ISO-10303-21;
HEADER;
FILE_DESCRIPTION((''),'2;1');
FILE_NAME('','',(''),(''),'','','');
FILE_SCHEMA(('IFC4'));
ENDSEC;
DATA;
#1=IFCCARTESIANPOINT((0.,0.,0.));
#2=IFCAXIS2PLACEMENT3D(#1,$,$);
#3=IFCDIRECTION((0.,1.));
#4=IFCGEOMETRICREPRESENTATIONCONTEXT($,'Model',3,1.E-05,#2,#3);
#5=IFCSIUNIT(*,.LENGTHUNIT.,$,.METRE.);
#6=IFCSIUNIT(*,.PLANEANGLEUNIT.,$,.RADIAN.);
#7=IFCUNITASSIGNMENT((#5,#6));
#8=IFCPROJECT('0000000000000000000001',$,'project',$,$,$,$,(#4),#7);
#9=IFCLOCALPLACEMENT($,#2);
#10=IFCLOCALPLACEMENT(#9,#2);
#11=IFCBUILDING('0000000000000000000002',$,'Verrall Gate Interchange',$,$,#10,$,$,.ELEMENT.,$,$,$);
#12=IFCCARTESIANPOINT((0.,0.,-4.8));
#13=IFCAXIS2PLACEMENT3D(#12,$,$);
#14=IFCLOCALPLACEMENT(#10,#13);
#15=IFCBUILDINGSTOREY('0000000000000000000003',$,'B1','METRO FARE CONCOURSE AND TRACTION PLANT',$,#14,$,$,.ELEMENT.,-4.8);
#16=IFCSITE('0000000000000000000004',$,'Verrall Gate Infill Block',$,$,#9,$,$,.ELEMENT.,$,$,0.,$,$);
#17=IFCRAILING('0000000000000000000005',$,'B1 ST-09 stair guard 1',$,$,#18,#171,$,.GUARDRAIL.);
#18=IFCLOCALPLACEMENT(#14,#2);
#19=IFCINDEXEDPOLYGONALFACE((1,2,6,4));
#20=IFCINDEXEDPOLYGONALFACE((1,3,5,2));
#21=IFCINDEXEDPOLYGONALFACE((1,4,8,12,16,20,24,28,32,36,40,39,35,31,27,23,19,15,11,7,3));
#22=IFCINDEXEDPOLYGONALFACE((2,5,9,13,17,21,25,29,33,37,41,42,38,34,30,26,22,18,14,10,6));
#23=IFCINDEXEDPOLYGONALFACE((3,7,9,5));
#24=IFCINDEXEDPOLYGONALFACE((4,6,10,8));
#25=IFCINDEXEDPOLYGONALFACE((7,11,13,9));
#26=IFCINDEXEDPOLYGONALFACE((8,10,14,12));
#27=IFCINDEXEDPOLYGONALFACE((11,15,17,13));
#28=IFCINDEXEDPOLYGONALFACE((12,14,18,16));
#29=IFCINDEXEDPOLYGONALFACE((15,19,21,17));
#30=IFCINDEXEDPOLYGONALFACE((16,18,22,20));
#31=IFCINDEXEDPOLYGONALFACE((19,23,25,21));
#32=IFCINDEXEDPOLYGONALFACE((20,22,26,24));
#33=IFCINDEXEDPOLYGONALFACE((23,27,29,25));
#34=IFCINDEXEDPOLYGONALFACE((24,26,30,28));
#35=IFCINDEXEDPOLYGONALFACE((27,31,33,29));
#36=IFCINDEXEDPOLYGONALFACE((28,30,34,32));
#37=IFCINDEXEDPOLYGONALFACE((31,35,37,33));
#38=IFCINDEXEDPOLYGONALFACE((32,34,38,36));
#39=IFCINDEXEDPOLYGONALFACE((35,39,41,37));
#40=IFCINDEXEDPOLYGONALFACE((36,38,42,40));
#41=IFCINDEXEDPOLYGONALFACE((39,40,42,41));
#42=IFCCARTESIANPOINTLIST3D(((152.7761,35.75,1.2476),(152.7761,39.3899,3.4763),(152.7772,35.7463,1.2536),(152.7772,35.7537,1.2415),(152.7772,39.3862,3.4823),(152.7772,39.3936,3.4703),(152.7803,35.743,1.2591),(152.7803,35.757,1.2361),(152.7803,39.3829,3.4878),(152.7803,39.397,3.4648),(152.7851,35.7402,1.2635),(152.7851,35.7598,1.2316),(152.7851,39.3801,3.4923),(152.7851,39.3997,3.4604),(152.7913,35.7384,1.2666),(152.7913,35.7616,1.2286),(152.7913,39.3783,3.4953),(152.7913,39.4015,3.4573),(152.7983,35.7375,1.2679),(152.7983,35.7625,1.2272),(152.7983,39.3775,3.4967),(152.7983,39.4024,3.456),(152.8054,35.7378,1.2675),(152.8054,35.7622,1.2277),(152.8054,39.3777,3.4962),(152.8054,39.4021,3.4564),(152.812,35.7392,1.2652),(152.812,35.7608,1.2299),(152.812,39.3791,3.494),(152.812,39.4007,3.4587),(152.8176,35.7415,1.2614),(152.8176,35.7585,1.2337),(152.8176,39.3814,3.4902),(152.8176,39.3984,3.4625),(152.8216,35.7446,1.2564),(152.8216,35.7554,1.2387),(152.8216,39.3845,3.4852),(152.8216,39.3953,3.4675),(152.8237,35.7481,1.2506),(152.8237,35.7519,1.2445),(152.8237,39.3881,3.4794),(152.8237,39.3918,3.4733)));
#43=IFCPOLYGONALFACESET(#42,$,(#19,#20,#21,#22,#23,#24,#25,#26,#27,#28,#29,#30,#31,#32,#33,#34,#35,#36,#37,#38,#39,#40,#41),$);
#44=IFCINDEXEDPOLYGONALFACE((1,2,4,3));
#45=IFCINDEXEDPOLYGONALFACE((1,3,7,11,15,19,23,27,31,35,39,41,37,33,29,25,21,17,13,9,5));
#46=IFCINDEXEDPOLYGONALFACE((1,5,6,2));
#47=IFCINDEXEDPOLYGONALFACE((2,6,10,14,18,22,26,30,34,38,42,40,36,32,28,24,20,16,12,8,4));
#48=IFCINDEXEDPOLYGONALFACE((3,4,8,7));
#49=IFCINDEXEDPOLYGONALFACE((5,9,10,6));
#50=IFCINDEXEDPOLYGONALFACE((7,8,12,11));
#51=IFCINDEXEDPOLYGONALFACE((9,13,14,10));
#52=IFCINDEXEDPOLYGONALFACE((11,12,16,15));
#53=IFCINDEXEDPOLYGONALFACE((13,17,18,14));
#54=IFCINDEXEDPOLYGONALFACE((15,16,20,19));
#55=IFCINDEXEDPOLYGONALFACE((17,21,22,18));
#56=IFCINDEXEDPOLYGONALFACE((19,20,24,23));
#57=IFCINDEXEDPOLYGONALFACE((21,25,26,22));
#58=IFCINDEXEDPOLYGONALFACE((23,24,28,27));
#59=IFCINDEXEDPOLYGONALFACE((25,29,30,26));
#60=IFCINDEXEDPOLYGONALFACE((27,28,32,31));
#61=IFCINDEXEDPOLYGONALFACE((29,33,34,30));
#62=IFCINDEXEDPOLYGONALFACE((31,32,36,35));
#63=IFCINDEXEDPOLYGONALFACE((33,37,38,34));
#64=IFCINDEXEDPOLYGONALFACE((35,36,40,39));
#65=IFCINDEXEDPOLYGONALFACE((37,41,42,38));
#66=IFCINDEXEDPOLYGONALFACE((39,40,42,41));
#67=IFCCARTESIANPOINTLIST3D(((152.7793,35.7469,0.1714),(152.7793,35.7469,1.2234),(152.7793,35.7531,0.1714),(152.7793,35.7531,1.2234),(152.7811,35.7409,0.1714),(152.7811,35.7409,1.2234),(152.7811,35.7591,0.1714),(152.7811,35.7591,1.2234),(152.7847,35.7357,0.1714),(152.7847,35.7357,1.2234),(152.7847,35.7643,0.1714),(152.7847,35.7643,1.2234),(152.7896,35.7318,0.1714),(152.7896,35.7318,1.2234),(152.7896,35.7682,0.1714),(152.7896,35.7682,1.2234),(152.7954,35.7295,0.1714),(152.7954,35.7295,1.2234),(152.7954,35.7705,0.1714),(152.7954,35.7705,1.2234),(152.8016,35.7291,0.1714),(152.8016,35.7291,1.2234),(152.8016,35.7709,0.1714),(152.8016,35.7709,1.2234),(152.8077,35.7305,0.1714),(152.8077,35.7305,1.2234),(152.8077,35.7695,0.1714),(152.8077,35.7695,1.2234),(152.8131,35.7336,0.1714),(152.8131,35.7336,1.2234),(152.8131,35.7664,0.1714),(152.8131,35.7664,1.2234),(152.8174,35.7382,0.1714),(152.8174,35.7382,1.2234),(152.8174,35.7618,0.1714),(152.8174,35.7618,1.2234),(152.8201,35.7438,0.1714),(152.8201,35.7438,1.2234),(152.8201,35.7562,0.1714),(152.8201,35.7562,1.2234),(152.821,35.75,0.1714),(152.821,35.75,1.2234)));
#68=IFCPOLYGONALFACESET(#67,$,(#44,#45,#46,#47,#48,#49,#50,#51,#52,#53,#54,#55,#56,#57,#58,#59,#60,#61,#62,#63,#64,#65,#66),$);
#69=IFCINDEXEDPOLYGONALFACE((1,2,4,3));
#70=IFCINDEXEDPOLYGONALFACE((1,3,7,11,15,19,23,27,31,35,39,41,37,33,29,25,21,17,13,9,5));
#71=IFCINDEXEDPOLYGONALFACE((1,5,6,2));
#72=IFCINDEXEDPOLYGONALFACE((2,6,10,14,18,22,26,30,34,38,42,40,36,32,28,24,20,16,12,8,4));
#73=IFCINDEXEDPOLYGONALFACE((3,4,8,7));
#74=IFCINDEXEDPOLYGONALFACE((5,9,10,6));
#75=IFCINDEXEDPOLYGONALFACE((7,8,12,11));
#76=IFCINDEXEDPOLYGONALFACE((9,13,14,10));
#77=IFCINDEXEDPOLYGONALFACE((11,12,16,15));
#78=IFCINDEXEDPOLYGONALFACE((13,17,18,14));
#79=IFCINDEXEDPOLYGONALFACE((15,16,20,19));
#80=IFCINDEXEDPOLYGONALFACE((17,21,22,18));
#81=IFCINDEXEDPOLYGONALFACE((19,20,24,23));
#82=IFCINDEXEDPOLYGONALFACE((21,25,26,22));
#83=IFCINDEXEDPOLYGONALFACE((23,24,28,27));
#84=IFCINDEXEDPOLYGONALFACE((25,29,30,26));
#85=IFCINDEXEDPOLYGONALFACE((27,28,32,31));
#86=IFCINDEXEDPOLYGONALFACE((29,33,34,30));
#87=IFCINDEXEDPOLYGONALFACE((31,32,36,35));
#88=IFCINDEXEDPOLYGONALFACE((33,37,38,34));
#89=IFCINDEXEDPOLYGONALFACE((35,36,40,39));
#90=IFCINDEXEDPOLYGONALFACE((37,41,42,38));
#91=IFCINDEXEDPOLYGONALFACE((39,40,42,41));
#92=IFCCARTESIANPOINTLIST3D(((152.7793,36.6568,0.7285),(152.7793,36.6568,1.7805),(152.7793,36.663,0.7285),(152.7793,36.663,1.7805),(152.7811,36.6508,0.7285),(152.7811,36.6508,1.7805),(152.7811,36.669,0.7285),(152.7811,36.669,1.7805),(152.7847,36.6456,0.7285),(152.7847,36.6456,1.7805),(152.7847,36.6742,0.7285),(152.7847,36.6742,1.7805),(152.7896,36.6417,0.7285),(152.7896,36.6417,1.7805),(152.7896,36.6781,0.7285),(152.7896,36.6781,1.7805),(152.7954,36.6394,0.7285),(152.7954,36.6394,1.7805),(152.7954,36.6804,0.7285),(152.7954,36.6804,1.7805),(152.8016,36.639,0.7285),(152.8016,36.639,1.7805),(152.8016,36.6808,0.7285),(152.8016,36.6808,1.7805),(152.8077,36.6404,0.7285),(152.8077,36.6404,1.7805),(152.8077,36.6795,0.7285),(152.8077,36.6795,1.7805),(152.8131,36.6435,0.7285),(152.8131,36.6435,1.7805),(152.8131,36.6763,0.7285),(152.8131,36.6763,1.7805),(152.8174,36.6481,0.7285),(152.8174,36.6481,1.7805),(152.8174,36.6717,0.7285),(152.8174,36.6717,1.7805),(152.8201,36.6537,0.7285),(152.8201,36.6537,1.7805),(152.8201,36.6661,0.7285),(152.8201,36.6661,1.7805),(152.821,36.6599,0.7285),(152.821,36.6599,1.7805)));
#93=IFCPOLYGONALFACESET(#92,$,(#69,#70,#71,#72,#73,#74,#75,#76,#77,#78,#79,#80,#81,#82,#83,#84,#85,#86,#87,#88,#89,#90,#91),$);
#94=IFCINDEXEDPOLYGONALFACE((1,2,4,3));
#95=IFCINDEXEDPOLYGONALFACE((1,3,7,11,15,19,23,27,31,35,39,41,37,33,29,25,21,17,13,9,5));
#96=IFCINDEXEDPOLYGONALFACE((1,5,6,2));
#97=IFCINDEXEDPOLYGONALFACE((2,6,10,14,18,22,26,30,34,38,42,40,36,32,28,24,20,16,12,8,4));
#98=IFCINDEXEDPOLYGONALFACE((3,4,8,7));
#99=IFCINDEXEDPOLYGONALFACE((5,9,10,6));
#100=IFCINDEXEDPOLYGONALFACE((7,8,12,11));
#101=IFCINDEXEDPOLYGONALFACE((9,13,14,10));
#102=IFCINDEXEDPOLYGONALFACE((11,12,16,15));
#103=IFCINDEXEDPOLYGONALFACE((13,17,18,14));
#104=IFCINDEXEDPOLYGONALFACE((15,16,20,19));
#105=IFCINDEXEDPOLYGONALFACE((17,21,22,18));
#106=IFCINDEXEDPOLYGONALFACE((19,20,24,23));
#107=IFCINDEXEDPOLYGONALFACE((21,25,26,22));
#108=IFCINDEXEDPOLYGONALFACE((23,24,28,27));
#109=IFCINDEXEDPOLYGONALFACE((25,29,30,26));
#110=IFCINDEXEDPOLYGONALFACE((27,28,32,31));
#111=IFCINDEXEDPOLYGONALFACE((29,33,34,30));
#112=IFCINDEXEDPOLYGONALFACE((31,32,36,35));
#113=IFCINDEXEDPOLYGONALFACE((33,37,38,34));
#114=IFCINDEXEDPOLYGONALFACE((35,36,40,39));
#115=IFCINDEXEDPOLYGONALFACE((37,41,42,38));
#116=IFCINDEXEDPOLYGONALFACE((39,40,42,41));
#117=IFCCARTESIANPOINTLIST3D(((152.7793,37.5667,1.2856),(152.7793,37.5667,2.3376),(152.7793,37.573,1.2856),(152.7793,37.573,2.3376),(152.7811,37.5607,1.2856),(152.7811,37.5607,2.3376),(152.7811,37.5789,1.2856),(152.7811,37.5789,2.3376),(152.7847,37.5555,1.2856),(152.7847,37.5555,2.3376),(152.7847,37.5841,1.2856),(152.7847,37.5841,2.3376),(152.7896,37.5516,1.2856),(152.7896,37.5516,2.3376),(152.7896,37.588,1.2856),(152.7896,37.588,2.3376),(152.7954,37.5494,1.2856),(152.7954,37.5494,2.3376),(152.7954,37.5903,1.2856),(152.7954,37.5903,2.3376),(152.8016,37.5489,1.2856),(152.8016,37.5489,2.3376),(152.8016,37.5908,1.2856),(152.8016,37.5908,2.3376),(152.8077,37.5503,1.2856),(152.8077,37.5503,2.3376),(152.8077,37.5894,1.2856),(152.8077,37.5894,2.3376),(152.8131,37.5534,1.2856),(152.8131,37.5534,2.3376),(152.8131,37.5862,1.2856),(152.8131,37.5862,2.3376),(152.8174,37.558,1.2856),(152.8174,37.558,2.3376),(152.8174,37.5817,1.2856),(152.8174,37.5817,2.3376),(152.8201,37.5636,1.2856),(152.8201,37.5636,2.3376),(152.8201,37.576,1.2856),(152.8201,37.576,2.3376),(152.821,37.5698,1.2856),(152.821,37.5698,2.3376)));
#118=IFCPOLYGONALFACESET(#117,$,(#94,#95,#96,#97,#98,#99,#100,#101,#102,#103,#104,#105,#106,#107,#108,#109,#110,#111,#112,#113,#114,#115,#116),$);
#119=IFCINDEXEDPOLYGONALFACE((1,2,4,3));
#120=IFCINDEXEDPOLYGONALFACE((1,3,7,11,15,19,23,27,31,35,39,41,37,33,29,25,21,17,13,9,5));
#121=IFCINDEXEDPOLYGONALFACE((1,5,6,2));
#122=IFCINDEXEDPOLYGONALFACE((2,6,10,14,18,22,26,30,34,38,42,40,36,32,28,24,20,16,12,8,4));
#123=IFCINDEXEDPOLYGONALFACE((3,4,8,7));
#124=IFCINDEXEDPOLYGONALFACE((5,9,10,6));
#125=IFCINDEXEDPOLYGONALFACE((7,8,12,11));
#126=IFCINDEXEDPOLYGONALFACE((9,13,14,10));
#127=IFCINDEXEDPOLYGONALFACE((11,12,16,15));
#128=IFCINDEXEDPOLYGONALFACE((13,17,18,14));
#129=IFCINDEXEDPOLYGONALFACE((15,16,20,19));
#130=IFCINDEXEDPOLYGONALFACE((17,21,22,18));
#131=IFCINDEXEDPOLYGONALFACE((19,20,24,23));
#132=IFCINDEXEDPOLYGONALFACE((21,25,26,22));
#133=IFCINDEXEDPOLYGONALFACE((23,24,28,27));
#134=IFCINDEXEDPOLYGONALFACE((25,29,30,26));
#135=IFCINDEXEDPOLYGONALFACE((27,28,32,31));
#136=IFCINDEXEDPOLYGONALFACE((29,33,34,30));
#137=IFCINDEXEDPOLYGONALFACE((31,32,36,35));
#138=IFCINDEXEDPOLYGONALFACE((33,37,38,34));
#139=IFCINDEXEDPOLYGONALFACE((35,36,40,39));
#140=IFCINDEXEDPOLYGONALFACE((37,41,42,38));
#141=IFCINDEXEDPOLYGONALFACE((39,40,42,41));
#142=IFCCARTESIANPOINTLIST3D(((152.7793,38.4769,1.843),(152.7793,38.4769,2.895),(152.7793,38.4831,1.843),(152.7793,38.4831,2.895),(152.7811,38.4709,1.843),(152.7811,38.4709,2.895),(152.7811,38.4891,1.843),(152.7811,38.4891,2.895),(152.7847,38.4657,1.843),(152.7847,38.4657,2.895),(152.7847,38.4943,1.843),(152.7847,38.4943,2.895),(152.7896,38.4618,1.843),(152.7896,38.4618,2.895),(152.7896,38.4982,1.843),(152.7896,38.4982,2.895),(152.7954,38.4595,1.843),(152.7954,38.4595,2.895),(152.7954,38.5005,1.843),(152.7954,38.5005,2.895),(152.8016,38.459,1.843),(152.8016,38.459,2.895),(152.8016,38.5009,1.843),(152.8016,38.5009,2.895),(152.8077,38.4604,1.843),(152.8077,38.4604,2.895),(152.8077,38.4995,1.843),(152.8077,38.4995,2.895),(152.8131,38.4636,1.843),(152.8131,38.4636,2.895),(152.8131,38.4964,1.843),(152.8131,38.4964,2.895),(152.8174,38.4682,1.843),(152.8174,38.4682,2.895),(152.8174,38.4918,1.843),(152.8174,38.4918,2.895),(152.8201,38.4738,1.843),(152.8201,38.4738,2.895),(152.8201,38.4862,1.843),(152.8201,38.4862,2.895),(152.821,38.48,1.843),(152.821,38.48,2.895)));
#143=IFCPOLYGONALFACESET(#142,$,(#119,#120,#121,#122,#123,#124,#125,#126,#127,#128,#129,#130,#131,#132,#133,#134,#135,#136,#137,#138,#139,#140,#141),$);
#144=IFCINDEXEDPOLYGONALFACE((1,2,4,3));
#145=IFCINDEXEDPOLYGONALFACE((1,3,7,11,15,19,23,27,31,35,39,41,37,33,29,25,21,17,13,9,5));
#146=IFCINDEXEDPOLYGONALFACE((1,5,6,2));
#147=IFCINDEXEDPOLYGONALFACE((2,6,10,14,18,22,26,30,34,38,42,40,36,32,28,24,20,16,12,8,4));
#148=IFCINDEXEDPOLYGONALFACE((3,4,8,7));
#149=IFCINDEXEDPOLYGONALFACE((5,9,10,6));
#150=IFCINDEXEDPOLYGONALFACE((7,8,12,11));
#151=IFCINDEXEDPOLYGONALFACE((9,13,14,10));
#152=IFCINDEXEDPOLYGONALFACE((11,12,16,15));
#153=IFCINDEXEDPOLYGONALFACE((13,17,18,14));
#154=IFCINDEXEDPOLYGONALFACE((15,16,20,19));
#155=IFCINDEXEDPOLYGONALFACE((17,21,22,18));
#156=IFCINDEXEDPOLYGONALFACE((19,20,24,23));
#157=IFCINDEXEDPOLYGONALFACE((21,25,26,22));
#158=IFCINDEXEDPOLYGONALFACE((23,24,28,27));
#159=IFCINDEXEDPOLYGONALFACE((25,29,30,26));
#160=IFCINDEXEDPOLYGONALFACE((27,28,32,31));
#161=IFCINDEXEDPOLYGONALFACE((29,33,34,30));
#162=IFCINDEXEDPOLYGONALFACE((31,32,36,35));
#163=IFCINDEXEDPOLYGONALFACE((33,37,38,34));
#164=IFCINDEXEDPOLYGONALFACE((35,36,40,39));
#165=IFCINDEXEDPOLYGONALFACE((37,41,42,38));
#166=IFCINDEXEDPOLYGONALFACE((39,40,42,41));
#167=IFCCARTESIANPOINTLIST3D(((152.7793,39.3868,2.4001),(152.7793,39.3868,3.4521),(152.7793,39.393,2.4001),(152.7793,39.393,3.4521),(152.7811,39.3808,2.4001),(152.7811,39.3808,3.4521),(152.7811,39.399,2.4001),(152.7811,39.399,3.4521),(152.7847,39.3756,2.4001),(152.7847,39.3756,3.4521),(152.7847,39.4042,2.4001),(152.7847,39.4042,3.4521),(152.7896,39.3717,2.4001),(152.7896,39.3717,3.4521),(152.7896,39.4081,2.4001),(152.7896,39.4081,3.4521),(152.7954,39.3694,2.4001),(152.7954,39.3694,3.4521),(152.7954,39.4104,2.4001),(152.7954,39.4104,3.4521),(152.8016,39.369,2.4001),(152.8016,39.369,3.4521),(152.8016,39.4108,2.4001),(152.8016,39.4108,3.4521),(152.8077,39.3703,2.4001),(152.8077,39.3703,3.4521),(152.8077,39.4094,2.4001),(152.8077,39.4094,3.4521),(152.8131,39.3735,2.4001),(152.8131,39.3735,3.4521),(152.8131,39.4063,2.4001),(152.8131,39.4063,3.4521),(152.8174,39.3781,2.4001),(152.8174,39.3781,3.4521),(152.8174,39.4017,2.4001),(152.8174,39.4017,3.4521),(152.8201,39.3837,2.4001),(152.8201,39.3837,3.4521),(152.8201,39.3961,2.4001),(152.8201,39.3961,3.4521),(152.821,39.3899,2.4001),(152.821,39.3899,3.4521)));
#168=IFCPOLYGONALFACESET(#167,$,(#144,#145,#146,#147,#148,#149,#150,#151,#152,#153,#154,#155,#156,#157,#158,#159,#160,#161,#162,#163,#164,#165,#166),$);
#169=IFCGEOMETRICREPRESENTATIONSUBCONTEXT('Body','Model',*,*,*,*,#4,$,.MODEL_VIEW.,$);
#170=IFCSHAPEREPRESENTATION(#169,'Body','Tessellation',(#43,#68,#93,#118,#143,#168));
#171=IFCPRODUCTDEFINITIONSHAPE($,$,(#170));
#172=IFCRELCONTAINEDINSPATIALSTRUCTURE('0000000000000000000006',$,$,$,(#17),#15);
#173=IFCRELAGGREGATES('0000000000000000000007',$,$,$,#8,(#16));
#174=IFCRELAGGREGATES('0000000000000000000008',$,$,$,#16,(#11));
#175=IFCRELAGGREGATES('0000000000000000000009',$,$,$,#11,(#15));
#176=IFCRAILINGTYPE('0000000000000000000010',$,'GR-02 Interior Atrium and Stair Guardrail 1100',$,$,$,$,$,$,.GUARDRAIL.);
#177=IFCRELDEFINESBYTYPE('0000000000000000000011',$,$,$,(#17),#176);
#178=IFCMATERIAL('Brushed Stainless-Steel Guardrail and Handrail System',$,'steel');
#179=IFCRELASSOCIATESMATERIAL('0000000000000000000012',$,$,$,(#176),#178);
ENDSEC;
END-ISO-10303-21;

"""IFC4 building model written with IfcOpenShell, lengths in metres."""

from ifc_helpers import new_model, si_unit, direction, frame, origin, origin_2d, place, context, subcontext, project, spatial, circle, extrude, material, type_object, element, save


model = new_model("IFC4")

# Units and contexts
model_context = context("Model", 3, precision=1e-05, world=origin(), true_north=direction((0.0, 1.0)))
body_context = subcontext(model_context, "Body", "Model", "MODEL_VIEW")
ifc_project = project(units=[si_unit("LENGTHUNIT", "METRE"), si_unit("PLANEANGLEUNIT", "RADIAN")], contexts=[model_context])

# Site, building, storey
site_placement = place(None, origin())
site = spatial("IfcSite", under=ifc_project, at=site_placement, Name="Verrall Gate Infill Block", CompositionType="ELEMENT", RefElevation=0.0)
building_placement = place(site_placement, origin())
building = spatial("IfcBuilding", under=site, at=building_placement, Name="Verrall Gate Interchange", CompositionType="ELEMENT")
storey_placement = place(building_placement, frame((0.0, 0.0, -4.8)))
storey = spatial("IfcBuildingStorey", under=building, at=storey_placement, Name="B1", Description="METRO FARE CONCOURSE AND TRACTION PLANT", CompositionType="ELEMENT", Elevation=-4.8)

# Railing
ifc_material_1 = material(Name="Brushed Stainless-Steel Guardrail and Handrail System", Category="steel")
railing_type_1 = type_object("IfcRailingType", Name="GR-02 Interior Atrium and Stair Guardrail 1100", PredefinedType="GUARDRAIL", material=ifc_material_1)
railing_1_placement = place(storey_placement, frame((152.8, 35.75, 0.1714)))
element("IfcRailing", 1, at=railing_1_placement, inside=storey, type_object=railing_type_1, Name="B1 ST-09 stair guard 1", PredefinedType="GUARDRAIL", context=body_context, shape_type="SweptSolid", body=[
    extrude(circle(Radius=0.0239, at=origin_2d()), frame((0.0, 0.0, 1.0762), z_axis=(0.0, 0.852825, 0.522197), x_axis=(-1.0, 0.0, 0.0)), (0.0, 0.0, 1.0), 4.2681),
    extrude(circle(Radius=0.021, at=origin_2d()), origin(), (0.0, 0.0, 1.0), 1.052),
    extrude(circle(Radius=0.021, at=origin_2d()), frame((0.0, 0.9099, 0.5571)), (0.0, 0.0, 1.0), 1.052),
    extrude(circle(Radius=0.021, at=origin_2d()), frame((0.0, 1.8198, 1.1143)), (0.0, 0.0, 1.0), 1.052),
    extrude(circle(Radius=0.021, at=origin_2d()), frame((0.0, 2.73, 1.6716)), (0.0, 0.0, 1.0), 1.052),
    extrude(circle(Radius=0.021, at=origin_2d()), frame((0.0, 3.6399, 2.2288)), (0.0, 0.0, 1.0), 1.052),
])

save(model, "model.ifc")
